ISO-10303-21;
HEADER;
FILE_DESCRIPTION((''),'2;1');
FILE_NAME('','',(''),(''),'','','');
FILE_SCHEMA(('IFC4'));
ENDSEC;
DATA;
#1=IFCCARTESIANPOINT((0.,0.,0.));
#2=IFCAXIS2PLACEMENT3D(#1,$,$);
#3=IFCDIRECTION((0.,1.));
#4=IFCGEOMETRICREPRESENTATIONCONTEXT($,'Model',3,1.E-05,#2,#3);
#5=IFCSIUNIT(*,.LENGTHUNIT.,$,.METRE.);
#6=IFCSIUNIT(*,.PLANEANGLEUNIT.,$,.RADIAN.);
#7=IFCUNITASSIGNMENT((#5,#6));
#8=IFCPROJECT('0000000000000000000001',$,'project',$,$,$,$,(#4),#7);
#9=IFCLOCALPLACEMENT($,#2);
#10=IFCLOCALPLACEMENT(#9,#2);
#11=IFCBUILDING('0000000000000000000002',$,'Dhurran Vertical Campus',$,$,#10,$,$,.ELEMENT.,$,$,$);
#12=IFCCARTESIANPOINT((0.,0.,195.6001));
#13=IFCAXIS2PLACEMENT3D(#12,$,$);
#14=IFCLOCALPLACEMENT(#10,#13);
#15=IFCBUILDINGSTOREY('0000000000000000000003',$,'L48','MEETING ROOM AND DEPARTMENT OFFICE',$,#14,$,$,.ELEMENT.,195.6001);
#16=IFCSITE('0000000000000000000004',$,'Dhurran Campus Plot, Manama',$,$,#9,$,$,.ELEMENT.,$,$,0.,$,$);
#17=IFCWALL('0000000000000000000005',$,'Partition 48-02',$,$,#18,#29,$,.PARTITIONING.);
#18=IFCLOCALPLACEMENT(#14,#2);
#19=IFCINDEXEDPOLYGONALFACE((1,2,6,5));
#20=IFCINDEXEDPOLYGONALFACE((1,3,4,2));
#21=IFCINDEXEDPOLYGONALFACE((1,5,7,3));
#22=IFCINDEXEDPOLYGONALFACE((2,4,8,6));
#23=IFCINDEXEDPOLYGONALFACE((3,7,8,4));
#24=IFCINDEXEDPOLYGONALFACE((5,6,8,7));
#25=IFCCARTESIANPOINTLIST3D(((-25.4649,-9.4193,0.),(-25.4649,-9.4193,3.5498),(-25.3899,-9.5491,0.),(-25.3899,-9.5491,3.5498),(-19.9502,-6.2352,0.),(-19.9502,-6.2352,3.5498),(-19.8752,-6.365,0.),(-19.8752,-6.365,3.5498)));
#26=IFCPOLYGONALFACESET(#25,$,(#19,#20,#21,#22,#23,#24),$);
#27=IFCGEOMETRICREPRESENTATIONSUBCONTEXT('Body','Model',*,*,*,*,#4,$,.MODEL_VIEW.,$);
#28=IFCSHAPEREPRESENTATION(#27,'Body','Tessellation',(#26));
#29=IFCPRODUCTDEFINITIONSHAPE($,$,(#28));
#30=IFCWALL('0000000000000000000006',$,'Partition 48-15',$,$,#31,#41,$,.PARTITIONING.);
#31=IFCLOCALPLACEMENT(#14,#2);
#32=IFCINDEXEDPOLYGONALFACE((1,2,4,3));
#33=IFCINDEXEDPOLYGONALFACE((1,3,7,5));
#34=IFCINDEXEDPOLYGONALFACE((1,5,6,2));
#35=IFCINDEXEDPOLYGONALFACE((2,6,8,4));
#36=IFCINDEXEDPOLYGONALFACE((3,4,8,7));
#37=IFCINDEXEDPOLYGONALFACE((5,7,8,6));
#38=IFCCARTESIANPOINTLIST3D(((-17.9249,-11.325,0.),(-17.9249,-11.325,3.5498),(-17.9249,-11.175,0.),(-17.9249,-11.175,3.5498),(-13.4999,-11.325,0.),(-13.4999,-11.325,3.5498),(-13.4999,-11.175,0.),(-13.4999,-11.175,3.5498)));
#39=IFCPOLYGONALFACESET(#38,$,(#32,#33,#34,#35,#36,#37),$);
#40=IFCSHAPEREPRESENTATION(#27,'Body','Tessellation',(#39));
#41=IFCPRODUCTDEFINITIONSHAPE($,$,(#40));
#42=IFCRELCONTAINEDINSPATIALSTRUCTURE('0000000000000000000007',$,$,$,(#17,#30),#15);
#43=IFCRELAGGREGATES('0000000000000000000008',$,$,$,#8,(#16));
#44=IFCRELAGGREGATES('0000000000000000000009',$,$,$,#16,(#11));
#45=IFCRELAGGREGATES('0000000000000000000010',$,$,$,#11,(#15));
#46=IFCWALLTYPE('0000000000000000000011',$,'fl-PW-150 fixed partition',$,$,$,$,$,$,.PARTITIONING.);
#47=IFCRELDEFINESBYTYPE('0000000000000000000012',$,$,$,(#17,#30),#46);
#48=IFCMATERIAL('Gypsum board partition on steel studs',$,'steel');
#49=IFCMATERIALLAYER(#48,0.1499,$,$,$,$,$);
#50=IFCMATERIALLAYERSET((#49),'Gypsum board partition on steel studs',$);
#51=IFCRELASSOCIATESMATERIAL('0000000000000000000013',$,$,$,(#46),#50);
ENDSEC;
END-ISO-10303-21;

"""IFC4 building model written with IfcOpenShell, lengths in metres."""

from ifc_helpers import new_model, si_unit, direction, frame, frame_2d, origin, place, context, subcontext, project, spatial, rectangle, extrude, material, layer, layer_set, type_object, element, save


model = new_model("IFC4")

# Units and contexts
model_context = context("Model", 3, precision=1e-05, world=origin(), true_north=direction((0.0, 1.0)))
body_context = subcontext(model_context, "Body", "Model", "MODEL_VIEW")
ifc_project = project(units=[si_unit("LENGTHUNIT", "METRE"), si_unit("PLANEANGLEUNIT", "RADIAN")], contexts=[model_context])

# Site, building, storey
site_placement = place(None, origin())
site = spatial("IfcSite", under=ifc_project, at=site_placement, Name="Dhurran Campus Plot, Manama", CompositionType="ELEMENT", RefElevation=0.0)
building_placement = place(site_placement, origin())
building = spatial("IfcBuilding", under=site, at=building_placement, Name="Dhurran Vertical Campus", CompositionType="ELEMENT")
storey_placement = place(building_placement, frame((0.0, 0.0, 195.6001)))
storey = spatial("IfcBuildingStorey", under=building, at=storey_placement, Name="L48", Description="MEETING ROOM AND DEPARTMENT OFFICE", CompositionType="ELEMENT", Elevation=195.6001)

# Walls
ifc_material_1 = material(Name="Gypsum board partition on steel studs", Category="steel")
ifc_layer_1 = layer(ifc_material_1, 0.1499)
ifc_layer_set_1 = layer_set([ifc_layer_1], Name="Gypsum board partition on steel studs")
wall_type_1 = type_object("IfcWallType", Name="fl-PW-150 fixed partition", PredefinedType="PARTITIONING", material=ifc_layer_set_1)
wall_1_placement = place(storey_placement, frame((-19.9126, -6.3, 0.0), z_axis=(0.0, 0.0, 1.0), x_axis=(-0.866012, -0.500023, 0.0)))
element("IfcWall", 1, at=wall_1_placement, inside=storey, type_object=wall_type_1, Name="Partition 48-02", PredefinedType="PARTITIONING", context=body_context, shape_type="SweptSolid", body=[
    extrude(rectangle(XDim=6.3679, YDim=0.1499, at=frame_2d((3.1841, 0.0))), origin(), (0.0, 0.0, 1.0), 3.5498),
])
wall_2_placement = place(storey_placement, frame((-13.5, -11.25, 0.0), z_axis=(0.0, 0.0, 1.0), x_axis=(-1.0, 0.0, 0.0)))
element("IfcWall", 2, at=wall_2_placement, inside=storey, type_object=wall_type_1, Name="Partition 48-15", PredefinedType="PARTITIONING", context=body_context, shape_type="SweptSolid", body=[
    extrude(rectangle(XDim=4.425, YDim=0.1499, at=frame_2d((2.2124, 0.0))), origin(), (0.0, 0.0, 1.0), 3.5498),
])

save(model, "model.ifc")
